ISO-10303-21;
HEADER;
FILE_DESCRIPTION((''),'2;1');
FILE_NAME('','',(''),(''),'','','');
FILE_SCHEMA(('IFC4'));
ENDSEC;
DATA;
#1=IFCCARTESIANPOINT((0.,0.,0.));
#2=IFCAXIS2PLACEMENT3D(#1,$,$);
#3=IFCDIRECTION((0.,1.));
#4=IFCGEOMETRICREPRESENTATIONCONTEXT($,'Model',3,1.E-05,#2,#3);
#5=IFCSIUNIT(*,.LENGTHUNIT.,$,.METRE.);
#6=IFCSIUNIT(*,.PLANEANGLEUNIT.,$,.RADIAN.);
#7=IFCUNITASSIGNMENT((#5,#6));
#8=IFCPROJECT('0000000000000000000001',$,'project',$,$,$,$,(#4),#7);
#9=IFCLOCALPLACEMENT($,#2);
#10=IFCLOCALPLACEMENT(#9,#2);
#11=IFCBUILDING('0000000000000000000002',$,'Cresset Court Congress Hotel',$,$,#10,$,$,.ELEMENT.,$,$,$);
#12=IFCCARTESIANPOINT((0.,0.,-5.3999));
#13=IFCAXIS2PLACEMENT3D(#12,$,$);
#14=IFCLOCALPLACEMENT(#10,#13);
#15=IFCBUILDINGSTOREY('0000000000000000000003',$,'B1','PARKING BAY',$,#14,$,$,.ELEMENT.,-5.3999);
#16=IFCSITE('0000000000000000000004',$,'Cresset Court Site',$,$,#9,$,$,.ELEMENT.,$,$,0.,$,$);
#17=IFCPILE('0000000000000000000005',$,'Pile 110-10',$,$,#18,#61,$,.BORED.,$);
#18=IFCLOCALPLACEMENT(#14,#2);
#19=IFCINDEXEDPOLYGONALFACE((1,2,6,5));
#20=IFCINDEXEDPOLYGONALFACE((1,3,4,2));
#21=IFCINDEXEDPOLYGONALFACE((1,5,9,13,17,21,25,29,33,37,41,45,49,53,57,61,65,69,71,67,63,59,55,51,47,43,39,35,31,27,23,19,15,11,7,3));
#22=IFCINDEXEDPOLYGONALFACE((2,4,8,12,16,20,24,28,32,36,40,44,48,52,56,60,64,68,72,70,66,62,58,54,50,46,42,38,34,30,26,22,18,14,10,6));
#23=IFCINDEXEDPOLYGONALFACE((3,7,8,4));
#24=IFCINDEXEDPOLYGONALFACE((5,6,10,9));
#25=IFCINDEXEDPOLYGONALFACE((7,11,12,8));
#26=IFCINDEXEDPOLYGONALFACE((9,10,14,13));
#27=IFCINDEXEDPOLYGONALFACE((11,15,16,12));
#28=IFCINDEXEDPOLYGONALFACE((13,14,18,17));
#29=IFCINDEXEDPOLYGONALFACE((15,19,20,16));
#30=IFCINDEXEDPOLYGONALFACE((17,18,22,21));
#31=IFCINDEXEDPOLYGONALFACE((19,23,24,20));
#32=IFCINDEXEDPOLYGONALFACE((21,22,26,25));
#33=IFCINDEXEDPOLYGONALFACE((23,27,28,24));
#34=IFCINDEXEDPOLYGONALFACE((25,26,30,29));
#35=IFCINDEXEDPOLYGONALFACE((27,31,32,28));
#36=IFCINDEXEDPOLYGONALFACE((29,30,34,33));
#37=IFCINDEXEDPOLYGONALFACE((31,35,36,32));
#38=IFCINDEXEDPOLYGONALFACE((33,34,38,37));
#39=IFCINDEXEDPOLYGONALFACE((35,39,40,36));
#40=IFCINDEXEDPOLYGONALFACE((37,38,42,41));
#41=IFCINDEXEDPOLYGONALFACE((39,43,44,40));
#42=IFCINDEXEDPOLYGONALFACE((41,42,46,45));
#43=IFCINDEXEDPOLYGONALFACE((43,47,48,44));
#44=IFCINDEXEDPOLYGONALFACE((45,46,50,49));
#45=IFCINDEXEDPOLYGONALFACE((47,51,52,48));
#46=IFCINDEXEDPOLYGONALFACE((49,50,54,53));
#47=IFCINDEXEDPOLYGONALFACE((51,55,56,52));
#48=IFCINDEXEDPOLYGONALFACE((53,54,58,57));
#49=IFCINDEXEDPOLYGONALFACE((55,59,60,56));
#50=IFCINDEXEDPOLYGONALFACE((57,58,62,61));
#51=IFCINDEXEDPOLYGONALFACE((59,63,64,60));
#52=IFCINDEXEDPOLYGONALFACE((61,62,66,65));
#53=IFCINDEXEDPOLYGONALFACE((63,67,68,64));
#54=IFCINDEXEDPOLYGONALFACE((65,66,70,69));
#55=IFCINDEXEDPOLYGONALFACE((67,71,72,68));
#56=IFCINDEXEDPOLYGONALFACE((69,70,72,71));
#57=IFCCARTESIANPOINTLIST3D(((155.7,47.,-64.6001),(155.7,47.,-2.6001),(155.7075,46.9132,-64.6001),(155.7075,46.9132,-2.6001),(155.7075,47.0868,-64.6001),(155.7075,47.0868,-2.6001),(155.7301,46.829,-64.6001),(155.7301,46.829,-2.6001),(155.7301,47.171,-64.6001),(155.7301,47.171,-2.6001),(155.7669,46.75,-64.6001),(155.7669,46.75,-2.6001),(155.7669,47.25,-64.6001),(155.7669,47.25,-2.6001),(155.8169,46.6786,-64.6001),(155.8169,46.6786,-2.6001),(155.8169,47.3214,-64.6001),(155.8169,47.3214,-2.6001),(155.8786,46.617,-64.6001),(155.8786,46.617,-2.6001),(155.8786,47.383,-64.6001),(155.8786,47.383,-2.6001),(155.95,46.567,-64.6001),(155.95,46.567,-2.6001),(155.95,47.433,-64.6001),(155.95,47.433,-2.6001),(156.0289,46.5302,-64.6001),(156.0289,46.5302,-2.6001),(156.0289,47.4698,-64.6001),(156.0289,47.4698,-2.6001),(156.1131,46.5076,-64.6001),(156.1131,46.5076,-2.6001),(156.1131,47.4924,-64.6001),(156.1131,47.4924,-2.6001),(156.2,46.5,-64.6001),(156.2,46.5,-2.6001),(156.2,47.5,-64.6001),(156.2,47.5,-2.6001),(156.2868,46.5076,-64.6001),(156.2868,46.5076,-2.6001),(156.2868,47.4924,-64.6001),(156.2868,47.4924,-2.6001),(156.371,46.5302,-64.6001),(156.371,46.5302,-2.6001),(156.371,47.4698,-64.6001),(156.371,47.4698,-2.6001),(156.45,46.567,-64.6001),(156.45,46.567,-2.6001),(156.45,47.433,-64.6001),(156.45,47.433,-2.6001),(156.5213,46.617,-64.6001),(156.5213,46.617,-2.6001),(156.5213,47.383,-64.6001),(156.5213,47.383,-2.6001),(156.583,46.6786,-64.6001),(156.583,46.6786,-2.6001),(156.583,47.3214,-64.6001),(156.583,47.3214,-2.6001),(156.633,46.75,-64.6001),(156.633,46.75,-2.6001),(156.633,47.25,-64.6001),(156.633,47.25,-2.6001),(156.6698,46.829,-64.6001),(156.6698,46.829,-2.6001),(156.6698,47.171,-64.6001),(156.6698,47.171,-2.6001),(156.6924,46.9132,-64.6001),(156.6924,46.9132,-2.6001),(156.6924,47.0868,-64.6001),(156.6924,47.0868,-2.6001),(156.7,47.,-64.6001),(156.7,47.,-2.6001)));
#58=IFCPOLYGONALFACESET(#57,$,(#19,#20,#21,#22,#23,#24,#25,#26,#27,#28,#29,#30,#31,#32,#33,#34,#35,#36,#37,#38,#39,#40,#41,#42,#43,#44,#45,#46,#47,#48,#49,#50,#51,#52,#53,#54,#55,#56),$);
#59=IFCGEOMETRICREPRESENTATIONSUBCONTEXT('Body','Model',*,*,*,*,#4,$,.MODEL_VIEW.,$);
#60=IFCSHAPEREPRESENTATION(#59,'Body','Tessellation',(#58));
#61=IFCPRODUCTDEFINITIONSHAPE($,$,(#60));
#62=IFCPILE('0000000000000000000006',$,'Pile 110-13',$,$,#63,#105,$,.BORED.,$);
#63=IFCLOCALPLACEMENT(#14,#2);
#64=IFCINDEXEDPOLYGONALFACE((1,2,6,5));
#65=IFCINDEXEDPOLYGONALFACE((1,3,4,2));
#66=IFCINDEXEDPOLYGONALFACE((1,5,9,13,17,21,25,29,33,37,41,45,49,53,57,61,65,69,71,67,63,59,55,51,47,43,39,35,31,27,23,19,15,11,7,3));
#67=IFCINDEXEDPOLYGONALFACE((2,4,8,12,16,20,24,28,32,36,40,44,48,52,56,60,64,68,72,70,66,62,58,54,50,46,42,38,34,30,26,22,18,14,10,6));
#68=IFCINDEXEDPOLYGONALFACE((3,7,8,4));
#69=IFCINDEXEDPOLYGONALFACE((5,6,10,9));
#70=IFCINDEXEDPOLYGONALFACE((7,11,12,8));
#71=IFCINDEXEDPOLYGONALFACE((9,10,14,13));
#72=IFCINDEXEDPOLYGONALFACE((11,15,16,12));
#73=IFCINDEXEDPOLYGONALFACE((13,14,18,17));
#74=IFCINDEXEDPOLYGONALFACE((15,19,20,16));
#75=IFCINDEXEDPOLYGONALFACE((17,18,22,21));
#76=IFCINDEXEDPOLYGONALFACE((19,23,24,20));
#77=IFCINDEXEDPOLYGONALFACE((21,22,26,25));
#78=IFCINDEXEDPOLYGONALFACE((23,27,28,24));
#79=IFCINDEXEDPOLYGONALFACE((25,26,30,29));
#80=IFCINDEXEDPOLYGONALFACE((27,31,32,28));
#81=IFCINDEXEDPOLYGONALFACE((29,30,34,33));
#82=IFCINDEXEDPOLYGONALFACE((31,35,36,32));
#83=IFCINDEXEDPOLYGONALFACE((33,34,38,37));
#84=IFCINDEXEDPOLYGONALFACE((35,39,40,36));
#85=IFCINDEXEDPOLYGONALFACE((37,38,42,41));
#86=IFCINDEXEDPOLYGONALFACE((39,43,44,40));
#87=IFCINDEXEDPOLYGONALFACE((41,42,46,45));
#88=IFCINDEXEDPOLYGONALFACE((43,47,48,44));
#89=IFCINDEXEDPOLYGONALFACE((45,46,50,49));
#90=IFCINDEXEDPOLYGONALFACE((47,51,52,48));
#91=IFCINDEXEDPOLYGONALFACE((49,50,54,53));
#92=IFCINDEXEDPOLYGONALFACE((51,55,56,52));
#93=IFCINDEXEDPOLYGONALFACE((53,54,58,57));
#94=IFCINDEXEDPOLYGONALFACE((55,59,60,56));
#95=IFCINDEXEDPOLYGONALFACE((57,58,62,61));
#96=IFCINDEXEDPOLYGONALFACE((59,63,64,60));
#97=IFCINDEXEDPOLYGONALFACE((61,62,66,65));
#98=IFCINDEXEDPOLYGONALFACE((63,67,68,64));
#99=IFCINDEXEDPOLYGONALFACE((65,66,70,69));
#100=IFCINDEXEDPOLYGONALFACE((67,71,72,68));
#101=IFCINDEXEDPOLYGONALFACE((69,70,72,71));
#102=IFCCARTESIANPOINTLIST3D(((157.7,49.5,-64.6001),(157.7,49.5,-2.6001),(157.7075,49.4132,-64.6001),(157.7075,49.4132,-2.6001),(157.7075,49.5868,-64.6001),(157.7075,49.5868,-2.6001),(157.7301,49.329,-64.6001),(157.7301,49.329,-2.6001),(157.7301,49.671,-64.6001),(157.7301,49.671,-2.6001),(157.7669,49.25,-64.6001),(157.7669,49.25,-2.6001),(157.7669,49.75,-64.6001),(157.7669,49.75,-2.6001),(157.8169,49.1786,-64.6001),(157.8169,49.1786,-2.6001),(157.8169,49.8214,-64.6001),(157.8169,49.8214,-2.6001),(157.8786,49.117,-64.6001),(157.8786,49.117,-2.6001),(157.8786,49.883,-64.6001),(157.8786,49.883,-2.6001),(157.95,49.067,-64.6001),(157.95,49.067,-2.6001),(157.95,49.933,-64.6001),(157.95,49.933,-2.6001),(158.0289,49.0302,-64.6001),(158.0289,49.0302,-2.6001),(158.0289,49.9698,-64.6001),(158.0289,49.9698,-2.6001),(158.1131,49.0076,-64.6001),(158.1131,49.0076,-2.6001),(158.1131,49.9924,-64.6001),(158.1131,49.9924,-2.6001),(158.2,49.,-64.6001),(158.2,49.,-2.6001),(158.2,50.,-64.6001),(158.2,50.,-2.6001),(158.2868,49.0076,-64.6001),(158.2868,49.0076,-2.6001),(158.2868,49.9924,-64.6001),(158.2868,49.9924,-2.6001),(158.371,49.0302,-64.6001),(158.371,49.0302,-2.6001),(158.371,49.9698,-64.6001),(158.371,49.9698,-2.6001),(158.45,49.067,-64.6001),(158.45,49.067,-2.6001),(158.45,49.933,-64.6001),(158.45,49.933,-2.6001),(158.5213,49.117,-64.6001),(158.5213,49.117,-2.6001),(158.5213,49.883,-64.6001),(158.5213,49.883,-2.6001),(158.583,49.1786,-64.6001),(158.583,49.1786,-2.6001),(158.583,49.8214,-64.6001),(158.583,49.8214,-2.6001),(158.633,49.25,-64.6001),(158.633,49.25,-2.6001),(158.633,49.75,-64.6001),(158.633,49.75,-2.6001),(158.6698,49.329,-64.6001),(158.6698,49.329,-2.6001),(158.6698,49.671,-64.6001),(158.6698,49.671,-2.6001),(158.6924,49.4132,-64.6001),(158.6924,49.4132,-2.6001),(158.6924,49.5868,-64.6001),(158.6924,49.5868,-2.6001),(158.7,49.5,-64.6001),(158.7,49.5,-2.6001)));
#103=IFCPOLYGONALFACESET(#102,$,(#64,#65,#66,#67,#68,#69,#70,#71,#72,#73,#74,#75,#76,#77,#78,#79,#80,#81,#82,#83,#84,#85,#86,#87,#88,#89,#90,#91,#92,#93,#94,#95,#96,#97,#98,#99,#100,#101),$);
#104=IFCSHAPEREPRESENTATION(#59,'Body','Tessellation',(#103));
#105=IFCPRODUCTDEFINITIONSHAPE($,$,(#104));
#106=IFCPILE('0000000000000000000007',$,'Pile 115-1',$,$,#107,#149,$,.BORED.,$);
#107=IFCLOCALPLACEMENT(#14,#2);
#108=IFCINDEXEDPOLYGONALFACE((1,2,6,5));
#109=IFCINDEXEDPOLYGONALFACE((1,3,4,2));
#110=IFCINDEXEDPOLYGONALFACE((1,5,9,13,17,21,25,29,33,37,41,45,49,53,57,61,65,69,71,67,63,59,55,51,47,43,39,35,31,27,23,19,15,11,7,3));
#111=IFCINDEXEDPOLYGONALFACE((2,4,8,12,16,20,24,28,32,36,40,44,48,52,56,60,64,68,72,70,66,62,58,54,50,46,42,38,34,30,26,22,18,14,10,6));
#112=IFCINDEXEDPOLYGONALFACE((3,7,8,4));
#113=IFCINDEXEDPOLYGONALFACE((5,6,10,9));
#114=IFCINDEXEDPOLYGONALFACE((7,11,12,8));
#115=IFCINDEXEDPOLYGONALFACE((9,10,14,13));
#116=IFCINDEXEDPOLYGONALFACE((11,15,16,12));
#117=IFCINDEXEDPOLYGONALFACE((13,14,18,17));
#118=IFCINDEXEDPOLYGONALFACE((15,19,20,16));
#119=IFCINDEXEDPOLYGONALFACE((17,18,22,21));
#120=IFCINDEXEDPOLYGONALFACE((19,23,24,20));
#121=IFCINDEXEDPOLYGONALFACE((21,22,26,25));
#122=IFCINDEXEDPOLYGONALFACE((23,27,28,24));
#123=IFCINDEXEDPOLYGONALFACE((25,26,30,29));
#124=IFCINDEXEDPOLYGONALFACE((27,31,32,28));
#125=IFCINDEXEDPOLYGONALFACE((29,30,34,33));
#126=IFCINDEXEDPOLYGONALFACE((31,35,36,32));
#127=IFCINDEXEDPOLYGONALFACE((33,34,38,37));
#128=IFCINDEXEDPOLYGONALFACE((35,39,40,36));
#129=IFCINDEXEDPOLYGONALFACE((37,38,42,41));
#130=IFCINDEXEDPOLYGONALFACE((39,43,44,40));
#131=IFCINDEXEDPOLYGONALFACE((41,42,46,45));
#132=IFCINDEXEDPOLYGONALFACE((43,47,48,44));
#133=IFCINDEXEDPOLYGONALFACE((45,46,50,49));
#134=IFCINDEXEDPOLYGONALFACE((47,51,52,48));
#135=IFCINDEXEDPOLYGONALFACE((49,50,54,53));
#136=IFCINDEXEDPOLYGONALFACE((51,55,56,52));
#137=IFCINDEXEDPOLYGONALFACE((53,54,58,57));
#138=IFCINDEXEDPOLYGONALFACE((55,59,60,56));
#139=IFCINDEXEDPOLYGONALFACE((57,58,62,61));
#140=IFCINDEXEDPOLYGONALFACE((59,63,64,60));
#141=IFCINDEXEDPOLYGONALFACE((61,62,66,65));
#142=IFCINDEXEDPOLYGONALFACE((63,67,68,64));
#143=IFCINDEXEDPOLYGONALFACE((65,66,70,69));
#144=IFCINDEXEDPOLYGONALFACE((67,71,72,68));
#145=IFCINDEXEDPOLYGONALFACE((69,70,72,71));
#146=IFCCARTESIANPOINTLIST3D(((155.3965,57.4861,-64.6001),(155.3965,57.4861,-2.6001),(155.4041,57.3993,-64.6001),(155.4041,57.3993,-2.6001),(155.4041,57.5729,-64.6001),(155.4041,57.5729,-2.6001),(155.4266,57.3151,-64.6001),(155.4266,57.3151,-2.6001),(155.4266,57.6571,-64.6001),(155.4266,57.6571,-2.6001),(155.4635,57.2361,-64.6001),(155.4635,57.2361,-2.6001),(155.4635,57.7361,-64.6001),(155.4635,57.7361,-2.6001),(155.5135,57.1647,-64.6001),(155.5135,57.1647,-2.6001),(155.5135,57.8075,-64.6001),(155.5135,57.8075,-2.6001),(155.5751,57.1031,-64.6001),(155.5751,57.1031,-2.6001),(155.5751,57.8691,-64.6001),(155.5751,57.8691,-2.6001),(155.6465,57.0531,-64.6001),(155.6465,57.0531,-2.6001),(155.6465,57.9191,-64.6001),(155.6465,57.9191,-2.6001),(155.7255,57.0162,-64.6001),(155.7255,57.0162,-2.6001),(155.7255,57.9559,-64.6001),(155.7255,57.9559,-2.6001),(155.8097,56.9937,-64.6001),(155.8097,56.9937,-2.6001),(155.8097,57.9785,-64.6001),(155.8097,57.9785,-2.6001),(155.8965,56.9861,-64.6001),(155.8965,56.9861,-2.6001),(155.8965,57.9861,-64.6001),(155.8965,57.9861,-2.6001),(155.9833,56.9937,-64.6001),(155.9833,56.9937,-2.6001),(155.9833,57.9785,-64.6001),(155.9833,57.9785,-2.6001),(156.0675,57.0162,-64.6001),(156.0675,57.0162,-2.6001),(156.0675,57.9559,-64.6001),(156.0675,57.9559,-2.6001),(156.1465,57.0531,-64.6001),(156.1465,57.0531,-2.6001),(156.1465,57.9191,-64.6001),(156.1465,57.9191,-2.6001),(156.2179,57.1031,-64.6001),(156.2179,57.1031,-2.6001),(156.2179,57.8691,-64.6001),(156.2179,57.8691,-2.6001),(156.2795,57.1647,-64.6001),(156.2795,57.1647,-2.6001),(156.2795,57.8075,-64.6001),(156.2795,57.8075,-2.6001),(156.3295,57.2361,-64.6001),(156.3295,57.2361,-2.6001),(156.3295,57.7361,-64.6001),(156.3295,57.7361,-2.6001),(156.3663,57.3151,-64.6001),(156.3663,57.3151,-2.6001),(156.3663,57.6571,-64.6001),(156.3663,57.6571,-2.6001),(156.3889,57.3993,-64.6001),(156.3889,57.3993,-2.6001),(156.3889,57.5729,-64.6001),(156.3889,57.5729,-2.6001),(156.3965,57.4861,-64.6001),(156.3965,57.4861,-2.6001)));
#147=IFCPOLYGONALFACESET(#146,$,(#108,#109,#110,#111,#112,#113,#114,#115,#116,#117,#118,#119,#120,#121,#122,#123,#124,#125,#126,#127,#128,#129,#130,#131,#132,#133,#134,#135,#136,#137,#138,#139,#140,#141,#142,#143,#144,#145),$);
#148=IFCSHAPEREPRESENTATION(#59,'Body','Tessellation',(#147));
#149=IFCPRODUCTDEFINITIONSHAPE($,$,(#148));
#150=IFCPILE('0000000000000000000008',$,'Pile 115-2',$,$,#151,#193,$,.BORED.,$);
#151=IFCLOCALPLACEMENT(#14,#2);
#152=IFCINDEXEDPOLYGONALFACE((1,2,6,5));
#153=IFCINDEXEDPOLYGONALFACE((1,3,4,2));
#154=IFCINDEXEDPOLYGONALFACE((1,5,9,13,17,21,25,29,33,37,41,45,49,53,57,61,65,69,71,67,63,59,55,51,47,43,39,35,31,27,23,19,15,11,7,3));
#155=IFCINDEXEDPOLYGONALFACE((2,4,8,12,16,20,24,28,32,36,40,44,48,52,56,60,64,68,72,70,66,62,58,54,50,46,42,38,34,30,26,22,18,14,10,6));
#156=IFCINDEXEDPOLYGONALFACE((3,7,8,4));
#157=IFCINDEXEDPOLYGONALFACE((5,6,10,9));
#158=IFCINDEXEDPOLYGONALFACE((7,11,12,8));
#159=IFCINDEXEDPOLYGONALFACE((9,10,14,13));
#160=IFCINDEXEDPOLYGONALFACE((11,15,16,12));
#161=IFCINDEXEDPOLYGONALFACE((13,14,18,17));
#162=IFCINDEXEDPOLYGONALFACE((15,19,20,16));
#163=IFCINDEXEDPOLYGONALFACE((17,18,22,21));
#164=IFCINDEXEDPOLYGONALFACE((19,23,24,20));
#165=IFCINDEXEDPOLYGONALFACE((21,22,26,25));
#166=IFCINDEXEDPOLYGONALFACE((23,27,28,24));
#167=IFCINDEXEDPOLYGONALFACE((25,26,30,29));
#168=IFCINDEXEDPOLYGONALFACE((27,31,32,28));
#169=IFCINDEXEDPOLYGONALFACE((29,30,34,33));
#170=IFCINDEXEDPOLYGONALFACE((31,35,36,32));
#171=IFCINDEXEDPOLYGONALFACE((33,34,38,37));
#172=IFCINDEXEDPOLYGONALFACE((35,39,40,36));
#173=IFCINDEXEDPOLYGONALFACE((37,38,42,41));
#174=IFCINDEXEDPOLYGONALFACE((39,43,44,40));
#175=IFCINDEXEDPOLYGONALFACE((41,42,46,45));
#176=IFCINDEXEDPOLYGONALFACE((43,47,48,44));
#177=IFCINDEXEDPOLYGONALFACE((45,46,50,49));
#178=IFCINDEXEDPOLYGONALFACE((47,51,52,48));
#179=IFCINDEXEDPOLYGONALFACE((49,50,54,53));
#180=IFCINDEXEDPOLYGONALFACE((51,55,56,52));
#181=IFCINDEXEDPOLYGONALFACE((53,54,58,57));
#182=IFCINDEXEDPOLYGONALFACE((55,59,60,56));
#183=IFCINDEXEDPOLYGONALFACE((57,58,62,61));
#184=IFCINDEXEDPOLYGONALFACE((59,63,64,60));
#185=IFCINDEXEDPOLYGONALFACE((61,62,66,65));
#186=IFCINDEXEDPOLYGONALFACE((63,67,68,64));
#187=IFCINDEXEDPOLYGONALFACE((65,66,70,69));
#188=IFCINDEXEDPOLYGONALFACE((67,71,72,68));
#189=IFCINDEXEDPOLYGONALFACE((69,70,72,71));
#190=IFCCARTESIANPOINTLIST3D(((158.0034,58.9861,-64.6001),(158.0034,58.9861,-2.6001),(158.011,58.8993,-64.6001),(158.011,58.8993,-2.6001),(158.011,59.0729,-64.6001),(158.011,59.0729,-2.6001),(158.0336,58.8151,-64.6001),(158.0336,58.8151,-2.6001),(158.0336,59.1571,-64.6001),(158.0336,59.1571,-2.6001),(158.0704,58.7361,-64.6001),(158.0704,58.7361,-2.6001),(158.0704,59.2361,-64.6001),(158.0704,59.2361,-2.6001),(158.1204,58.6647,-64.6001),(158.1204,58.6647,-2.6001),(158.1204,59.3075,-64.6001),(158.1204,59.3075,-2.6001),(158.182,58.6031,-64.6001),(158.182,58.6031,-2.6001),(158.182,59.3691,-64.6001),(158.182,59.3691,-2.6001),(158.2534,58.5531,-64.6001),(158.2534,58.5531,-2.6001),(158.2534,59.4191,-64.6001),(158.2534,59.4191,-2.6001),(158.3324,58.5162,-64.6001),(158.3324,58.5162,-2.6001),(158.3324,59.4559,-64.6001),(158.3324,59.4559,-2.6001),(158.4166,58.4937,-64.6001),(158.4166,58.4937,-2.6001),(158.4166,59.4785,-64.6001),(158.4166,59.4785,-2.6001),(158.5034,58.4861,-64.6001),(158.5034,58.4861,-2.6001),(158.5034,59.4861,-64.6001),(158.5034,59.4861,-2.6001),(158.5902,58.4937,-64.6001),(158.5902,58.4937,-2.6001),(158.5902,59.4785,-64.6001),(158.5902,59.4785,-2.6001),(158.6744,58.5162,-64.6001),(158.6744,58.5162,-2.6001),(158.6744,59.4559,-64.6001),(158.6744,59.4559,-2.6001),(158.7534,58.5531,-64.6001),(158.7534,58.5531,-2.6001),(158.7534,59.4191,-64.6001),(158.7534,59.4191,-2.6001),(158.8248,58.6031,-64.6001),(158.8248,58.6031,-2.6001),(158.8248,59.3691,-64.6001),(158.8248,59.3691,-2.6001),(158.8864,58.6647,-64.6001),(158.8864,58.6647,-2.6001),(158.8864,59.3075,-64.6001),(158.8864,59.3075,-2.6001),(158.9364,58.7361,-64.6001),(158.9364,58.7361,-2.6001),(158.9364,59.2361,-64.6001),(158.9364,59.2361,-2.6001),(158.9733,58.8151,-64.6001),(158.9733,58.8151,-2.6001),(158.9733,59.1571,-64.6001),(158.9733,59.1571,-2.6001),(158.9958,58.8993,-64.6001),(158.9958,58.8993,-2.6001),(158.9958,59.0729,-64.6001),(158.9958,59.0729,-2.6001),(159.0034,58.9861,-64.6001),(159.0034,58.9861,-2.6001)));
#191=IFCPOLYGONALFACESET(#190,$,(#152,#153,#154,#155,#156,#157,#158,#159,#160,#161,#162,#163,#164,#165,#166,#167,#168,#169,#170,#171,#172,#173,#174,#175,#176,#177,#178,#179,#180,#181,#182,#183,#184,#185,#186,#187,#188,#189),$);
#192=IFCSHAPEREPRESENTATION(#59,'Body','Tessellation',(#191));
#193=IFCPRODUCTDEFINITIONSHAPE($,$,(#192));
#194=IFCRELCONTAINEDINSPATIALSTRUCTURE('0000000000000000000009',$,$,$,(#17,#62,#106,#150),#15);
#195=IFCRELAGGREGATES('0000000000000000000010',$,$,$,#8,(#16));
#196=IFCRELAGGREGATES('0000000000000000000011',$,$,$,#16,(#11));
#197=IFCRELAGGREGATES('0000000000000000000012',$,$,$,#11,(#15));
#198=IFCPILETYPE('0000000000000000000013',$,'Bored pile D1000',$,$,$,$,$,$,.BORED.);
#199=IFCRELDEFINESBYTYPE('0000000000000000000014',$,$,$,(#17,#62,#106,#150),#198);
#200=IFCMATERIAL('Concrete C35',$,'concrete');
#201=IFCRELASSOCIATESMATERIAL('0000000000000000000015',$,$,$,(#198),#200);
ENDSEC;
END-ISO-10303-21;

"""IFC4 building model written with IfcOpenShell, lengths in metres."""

from ifc_helpers import new_model, si_unit, direction, frame, origin, origin_2d, place, context, subcontext, project, spatial, circle, extrude, material, type_object, element, save


model = new_model("IFC4")

# Units and contexts
model_context = context("Model", 3, precision=1e-05, world=origin(), true_north=direction((0.0, 1.0)))
body_context = subcontext(model_context, "Body", "Model", "MODEL_VIEW")
ifc_project = project(units=[si_unit("LENGTHUNIT", "METRE"), si_unit("PLANEANGLEUNIT", "RADIAN")], contexts=[model_context])

# Site, building, storey
site_placement = place(None, origin())
site = spatial("IfcSite", under=ifc_project, at=site_placement, Name="Cresset Court Site", CompositionType="ELEMENT", RefElevation=0.0)
building_placement = place(site_placement, origin())
building = spatial("IfcBuilding", under=site, at=building_placement, Name="Cresset Court Congress Hotel", CompositionType="ELEMENT")
storey_placement = place(building_placement, frame((0.0, 0.0, -5.3999)))
storey = spatial("IfcBuildingStorey", under=building, at=storey_placement, Name="B1", Description="PARKING BAY", CompositionType="ELEMENT", Elevation=-5.3999)

# Piles
ifc_material_1 = material(Name="Concrete C35", Category="concrete")
pile_type = type_object("IfcPileType", Name="Bored pile D1000", PredefinedType="BORED", material=ifc_material_1)
for number, where, z_axis, x_axis, name in (
    (1, (156.2, 47.0, -2.6001), (0.0, 0.0, -1.0), (1.0, 0.0, 0.0), "Pile 110-10"),
    (2, (158.2, 49.5, -2.6001), (0.0, 0.0, -1.0), (1.0, 0.0, 0.0), "Pile 110-13"),
    (3, (155.8965, 57.4861, -2.6001), (0.0, 0.0, -1.0), (1.0, 0.0, 0.0), "Pile 115-1"),
    (4, (158.5034, 58.9861, -2.6001), (0.0, 0.0, -1.0), (1.0, 0.0, 0.0), "Pile 115-2"),
):
    element("IfcPile", number, at=place(storey_placement, frame(where, z_axis=z_axis, x_axis=x_axis)), inside=storey, type_object=pile_type, Name=name, PredefinedType="BORED", context=body_context, shape_type="SweptSolid", body=[
        extrude(circle(Radius=0.5, at=origin_2d()), origin(), (0.0, 0.0, 1.0), 62.0),
    ])

save(model, "model.ifc")
